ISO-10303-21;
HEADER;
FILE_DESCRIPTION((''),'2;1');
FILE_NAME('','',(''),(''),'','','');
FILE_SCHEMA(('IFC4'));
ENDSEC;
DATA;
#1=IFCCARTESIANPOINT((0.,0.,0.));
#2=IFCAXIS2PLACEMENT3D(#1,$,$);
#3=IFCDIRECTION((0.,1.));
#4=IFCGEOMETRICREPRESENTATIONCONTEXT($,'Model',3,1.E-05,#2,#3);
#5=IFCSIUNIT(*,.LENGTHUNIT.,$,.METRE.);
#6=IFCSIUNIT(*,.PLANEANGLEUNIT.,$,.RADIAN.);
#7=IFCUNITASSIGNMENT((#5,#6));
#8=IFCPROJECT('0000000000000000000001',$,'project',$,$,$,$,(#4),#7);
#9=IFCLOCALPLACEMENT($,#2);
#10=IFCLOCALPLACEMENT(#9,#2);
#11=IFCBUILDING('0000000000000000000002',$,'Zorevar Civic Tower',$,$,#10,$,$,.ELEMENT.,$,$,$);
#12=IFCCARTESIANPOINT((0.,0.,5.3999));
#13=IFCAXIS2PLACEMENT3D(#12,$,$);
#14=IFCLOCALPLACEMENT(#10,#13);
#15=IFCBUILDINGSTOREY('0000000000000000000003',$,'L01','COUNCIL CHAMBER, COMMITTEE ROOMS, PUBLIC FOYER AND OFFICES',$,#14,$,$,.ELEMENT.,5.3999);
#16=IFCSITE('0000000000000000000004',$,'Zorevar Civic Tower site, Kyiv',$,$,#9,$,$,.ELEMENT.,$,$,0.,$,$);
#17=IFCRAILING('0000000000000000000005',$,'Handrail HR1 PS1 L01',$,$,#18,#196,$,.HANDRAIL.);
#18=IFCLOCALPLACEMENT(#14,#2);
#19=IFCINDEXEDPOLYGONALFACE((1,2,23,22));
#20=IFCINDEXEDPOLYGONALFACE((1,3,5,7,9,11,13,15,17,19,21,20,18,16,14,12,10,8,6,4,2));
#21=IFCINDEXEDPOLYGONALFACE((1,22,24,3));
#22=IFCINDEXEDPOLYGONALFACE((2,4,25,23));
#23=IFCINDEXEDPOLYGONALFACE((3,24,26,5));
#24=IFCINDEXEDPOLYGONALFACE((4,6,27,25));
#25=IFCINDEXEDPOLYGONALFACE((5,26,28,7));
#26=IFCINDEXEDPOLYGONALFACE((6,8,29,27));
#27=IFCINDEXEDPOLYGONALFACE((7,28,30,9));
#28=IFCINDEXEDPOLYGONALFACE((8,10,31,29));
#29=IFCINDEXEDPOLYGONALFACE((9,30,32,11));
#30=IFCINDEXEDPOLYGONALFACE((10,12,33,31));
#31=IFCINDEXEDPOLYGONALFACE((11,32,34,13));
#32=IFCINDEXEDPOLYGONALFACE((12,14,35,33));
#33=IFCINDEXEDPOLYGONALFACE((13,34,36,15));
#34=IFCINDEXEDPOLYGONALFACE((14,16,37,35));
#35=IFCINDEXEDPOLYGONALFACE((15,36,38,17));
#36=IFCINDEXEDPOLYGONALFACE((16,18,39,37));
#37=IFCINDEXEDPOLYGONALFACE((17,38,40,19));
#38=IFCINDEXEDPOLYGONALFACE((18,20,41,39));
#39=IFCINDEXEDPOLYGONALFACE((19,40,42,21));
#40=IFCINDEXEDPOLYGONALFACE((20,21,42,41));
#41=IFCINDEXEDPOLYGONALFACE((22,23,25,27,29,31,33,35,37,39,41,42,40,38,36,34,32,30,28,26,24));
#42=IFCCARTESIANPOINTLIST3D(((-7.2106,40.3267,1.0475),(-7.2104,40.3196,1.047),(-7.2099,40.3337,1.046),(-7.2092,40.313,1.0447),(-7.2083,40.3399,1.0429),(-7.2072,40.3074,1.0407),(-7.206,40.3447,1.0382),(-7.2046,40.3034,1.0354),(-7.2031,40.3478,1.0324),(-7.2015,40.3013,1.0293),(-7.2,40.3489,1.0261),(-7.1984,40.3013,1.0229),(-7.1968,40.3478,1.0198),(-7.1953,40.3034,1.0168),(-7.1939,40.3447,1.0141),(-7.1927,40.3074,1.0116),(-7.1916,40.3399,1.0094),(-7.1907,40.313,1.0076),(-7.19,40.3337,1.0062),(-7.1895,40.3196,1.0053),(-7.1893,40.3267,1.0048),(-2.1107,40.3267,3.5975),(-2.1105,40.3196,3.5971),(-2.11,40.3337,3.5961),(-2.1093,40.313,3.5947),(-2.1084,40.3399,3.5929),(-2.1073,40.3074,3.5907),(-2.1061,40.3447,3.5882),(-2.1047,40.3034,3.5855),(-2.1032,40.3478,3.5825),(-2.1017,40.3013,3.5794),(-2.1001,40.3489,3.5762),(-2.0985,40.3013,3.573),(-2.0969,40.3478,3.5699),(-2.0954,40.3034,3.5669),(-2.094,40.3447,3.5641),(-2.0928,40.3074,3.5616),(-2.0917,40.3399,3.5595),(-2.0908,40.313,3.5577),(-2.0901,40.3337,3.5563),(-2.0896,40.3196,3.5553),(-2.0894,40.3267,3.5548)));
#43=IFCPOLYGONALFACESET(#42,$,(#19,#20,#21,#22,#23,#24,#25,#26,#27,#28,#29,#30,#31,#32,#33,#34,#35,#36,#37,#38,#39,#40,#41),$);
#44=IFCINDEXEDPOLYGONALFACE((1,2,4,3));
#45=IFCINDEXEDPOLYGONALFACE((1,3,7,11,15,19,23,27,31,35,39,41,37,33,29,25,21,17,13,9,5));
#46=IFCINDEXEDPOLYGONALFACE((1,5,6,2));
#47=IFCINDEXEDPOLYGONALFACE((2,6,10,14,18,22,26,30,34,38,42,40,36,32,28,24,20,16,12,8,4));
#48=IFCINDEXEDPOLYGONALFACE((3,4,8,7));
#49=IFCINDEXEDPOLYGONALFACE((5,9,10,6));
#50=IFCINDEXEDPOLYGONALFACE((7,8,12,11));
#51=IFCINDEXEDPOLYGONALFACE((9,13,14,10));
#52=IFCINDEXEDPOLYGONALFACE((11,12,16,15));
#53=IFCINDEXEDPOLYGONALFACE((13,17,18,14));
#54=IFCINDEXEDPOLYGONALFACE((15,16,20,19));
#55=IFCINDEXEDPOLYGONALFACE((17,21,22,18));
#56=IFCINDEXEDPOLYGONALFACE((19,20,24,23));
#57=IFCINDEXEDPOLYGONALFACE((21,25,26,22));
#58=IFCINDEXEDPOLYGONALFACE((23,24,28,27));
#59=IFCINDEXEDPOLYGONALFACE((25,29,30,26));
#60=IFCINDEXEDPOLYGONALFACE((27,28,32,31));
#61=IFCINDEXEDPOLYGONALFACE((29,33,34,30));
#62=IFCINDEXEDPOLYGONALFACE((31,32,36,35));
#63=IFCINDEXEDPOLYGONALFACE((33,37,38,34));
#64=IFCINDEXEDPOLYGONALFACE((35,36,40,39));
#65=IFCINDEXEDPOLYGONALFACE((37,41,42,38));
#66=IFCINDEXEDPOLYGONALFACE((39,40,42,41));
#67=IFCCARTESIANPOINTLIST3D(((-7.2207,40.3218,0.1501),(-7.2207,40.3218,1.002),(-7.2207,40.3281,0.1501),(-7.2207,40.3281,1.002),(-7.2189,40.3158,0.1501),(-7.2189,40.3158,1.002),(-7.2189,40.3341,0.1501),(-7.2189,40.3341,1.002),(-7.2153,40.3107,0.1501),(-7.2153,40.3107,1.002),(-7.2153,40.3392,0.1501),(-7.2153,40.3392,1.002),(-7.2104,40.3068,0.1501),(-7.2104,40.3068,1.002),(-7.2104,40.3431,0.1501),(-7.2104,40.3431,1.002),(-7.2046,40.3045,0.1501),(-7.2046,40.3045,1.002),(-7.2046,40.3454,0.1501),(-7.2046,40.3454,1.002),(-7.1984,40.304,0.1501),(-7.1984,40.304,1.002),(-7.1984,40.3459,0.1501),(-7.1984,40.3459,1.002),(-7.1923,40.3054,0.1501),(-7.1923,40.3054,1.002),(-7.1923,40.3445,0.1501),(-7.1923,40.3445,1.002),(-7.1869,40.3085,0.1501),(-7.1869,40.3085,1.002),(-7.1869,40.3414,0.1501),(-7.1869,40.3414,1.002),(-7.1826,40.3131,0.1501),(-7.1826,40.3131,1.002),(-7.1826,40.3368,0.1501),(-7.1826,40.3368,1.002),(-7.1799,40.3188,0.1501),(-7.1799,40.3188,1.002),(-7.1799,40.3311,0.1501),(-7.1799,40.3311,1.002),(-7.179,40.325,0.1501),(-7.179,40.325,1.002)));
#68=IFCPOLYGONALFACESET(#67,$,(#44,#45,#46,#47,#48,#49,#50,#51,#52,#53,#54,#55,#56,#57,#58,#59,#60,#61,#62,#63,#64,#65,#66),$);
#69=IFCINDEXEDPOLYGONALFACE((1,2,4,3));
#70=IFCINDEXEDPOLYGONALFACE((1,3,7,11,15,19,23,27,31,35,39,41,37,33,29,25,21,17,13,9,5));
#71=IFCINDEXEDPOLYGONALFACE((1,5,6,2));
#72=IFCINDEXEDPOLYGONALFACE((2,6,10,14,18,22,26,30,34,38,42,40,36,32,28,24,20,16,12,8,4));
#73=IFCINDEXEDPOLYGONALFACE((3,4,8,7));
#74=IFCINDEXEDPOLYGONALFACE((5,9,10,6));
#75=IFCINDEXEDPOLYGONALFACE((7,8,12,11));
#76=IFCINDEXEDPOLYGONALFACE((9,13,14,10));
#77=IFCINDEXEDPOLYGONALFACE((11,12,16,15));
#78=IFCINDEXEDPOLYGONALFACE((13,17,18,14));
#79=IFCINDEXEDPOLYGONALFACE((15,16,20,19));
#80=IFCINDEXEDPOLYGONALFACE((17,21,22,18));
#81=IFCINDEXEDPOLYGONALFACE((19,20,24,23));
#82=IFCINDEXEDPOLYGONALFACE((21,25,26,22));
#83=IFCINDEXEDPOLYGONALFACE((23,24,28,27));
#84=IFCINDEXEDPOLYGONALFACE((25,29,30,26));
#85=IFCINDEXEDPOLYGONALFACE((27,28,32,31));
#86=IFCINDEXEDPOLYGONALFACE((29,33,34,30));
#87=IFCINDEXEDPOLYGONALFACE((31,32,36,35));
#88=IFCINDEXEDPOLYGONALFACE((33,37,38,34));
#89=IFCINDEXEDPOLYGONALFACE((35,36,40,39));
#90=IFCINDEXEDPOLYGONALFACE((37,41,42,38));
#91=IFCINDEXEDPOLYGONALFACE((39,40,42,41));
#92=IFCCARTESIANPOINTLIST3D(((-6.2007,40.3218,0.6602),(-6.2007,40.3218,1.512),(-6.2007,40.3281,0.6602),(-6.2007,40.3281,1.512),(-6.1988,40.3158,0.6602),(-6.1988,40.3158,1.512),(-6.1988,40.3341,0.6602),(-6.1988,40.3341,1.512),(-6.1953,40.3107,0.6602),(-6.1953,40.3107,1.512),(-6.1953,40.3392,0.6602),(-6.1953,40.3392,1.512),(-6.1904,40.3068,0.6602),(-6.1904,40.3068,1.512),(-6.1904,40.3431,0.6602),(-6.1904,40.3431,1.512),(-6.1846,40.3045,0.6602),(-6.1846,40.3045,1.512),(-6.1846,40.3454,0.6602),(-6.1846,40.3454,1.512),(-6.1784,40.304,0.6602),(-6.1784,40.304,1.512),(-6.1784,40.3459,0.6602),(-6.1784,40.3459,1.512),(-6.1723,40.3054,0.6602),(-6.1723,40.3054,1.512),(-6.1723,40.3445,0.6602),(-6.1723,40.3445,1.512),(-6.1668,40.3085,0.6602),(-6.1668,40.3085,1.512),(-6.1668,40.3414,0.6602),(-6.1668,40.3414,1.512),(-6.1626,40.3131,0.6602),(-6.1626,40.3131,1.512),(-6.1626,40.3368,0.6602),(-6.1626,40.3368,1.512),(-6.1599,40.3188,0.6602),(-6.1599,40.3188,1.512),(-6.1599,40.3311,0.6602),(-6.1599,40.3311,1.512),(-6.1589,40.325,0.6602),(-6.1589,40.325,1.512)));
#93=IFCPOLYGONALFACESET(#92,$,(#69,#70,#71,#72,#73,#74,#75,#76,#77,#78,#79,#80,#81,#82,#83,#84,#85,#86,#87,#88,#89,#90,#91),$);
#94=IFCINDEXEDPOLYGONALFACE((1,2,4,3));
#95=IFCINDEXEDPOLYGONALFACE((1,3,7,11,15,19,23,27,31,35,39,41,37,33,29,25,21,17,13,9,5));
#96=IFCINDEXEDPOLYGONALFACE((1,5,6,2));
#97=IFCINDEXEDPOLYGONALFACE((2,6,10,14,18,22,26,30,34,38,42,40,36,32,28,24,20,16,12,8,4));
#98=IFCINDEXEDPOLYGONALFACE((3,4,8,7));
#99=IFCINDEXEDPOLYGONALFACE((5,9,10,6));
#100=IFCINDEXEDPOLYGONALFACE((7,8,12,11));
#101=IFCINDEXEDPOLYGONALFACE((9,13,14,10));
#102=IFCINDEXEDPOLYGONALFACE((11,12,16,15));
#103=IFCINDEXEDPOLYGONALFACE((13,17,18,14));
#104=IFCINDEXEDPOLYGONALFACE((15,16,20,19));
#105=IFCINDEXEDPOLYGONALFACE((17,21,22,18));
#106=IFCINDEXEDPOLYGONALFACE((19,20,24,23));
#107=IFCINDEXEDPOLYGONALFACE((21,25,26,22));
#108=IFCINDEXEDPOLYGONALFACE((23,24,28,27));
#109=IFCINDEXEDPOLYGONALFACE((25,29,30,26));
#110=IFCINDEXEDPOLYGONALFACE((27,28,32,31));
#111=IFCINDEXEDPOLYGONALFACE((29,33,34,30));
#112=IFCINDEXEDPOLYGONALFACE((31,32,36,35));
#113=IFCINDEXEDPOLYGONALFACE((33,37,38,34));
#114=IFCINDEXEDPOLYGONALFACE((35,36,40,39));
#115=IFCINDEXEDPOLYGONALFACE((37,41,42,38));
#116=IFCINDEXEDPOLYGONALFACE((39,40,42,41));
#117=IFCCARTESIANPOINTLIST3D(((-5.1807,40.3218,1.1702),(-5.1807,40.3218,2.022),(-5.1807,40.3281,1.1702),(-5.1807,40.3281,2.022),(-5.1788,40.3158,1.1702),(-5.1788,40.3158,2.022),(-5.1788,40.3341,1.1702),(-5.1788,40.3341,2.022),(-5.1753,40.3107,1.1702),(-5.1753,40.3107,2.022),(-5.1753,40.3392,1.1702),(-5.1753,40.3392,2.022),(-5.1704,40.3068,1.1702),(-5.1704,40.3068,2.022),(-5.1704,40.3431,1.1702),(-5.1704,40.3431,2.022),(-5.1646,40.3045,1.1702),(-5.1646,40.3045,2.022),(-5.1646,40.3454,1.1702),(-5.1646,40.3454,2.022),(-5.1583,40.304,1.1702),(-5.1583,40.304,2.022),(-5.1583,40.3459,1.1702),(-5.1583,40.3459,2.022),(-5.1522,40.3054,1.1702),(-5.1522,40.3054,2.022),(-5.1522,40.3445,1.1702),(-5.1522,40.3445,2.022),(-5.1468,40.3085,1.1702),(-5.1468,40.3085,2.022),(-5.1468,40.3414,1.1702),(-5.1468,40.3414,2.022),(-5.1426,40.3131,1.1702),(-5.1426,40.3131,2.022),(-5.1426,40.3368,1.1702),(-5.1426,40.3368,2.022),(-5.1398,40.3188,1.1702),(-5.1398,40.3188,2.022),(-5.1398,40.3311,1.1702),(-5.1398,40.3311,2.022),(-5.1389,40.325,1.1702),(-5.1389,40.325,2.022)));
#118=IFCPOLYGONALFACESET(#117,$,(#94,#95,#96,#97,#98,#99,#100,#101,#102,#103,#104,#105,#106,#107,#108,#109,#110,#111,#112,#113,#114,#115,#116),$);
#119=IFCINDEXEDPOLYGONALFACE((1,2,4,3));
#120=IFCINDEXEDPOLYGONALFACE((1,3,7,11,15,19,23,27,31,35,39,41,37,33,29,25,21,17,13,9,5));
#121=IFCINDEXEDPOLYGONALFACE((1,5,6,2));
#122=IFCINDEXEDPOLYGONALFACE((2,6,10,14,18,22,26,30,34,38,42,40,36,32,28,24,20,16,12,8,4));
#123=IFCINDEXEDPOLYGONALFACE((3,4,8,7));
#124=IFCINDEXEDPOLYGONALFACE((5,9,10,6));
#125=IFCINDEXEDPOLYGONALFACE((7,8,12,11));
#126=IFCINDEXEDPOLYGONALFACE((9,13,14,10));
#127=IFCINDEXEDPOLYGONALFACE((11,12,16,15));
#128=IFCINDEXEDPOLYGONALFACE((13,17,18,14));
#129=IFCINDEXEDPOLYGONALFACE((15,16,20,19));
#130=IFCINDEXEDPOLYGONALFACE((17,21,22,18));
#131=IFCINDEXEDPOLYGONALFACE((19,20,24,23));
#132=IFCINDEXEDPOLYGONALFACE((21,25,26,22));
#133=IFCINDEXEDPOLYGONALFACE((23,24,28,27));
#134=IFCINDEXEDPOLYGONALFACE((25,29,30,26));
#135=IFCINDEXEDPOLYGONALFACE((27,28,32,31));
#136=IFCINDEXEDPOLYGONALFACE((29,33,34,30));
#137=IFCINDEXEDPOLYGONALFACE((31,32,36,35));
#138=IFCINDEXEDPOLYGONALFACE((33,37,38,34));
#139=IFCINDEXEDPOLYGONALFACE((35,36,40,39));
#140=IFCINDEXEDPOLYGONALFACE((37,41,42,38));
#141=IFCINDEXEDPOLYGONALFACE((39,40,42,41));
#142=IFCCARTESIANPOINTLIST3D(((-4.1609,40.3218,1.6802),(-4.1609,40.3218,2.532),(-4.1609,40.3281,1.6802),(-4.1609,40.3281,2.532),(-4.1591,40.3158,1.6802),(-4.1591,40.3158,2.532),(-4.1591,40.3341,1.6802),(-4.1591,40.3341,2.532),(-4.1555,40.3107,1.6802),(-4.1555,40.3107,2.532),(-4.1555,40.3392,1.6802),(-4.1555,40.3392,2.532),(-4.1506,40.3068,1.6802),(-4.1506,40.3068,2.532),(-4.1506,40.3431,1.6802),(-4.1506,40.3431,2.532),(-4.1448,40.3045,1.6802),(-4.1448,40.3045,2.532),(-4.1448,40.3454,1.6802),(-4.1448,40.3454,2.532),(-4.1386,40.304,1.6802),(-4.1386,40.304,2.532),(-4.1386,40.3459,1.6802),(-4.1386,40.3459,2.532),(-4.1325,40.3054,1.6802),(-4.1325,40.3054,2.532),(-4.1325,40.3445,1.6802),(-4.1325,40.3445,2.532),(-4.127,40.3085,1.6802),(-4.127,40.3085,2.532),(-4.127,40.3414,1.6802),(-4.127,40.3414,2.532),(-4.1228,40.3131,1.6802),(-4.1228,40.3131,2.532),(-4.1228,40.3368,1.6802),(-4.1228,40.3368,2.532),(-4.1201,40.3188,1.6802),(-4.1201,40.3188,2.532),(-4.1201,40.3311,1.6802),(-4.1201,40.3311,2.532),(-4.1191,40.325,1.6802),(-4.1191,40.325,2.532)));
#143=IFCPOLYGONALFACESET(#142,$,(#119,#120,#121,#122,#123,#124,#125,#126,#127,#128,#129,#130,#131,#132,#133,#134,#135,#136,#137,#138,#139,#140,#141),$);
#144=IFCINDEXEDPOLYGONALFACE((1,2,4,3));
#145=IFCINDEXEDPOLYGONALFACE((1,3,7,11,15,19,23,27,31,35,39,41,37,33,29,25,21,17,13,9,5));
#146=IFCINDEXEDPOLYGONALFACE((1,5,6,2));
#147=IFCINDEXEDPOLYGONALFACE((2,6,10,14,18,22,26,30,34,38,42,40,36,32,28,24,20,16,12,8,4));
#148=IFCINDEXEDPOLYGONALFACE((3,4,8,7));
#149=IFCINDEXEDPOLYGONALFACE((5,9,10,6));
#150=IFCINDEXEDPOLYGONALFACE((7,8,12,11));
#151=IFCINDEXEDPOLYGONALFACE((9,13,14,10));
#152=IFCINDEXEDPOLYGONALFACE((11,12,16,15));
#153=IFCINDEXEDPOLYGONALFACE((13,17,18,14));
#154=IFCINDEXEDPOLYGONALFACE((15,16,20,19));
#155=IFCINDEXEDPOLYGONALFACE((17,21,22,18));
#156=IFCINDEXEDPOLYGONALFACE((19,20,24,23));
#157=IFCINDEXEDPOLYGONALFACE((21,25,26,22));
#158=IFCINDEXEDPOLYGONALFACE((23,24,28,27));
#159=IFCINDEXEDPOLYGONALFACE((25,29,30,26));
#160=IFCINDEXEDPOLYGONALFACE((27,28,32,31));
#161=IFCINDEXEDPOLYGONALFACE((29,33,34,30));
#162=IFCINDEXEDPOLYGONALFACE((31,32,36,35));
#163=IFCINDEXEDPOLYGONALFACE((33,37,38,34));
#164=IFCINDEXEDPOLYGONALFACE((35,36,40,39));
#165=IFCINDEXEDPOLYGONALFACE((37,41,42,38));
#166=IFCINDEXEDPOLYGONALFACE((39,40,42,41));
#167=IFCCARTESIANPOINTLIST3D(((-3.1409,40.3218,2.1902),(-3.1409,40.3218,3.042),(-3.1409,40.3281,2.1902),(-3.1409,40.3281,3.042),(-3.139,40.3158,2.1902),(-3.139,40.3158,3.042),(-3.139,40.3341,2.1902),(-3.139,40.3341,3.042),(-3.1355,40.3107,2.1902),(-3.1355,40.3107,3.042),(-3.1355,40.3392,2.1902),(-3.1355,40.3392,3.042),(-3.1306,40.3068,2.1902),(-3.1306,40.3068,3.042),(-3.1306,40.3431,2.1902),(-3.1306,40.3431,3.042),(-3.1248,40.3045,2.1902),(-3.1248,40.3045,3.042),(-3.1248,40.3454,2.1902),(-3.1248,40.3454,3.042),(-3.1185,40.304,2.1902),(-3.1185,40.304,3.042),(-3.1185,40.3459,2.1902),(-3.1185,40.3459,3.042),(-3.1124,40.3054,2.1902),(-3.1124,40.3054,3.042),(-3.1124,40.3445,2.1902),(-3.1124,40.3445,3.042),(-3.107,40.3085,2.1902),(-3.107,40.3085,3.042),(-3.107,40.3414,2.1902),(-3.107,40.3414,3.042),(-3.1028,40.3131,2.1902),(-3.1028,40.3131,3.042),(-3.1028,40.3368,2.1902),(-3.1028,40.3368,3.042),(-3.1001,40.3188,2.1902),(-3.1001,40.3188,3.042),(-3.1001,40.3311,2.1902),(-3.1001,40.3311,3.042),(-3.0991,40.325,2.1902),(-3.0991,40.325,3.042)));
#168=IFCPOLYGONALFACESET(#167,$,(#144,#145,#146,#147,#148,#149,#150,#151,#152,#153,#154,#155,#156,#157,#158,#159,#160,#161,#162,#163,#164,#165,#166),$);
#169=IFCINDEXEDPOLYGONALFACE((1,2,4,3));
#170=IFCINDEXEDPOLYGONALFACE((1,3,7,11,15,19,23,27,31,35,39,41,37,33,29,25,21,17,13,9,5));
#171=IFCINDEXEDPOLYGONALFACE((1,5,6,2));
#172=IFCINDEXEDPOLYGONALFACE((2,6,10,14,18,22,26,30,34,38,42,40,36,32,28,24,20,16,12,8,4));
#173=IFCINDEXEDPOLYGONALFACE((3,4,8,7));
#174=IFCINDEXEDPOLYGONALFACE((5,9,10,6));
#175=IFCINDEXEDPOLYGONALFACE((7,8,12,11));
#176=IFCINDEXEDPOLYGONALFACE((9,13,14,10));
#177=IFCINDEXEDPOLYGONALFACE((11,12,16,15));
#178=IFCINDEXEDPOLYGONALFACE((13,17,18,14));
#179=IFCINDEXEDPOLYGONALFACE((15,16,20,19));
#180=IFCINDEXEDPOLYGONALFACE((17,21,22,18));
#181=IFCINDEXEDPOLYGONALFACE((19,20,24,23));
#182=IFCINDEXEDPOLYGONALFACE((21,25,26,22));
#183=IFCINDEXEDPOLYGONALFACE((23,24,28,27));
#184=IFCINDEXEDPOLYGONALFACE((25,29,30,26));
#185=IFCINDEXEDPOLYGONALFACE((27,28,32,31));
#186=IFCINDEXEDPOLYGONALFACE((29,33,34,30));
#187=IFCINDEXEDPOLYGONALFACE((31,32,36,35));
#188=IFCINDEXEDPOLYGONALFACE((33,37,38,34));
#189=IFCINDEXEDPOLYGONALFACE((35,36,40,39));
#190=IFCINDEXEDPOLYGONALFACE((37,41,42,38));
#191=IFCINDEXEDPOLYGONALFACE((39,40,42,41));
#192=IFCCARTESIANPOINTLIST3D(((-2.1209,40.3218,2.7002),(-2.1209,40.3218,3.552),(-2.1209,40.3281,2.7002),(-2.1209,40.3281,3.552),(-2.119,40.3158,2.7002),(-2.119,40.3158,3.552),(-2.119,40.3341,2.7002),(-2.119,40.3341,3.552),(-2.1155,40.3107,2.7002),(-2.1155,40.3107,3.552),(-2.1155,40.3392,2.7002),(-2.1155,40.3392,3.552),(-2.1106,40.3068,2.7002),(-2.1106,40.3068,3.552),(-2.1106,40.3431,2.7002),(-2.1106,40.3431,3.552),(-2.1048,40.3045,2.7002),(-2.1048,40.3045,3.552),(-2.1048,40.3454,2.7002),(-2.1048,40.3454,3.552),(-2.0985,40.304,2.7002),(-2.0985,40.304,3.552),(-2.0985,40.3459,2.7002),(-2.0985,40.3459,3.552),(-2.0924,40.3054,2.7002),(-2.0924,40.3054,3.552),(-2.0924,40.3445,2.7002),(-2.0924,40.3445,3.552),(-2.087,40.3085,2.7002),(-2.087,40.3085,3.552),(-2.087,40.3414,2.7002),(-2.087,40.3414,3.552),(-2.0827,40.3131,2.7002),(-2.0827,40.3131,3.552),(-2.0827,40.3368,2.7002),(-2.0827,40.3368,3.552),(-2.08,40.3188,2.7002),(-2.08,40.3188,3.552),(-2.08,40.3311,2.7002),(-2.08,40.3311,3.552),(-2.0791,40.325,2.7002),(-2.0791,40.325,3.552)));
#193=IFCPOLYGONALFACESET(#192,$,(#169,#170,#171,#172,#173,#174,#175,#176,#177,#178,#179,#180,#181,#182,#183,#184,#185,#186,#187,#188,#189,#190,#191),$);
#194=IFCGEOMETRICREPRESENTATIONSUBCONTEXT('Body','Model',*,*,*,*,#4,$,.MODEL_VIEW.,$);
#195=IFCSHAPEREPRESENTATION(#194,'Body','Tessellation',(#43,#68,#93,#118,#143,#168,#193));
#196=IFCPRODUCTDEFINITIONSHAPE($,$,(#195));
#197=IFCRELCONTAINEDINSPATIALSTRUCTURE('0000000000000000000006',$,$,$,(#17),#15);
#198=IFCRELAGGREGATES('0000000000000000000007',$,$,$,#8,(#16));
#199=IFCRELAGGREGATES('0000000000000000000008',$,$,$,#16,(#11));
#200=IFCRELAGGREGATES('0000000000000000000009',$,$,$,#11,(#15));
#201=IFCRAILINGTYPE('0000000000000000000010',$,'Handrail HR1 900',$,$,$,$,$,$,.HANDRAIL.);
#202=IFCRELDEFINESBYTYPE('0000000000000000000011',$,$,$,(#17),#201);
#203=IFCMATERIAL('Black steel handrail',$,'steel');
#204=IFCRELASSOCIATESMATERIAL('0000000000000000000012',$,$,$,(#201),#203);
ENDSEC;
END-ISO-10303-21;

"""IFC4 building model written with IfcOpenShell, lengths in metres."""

from ifc_helpers import new_model, si_unit, direction, frame, origin, origin_2d, place, context, subcontext, project, spatial, circle, extrude, material, type_object, element, save


model = new_model("IFC4")

# Units and contexts
model_context = context("Model", 3, precision=1e-05, world=origin(), true_north=direction((0.0, 1.0)))
body_context = subcontext(model_context, "Body", "Model", "MODEL_VIEW")
ifc_project = project(units=[si_unit("LENGTHUNIT", "METRE"), si_unit("PLANEANGLEUNIT", "RADIAN")], contexts=[model_context])

# Site, building, storey
site_placement = place(None, origin())
site = spatial("IfcSite", under=ifc_project, at=site_placement, Name="Zorevar Civic Tower site, Kyiv", CompositionType="ELEMENT", RefElevation=0.0)
building_placement = place(site_placement, origin())
building = spatial("IfcBuilding", under=site, at=building_placement, Name="Zorevar Civic Tower", CompositionType="ELEMENT")
storey_placement = place(building_placement, frame((0.0, 0.0, 5.3999)))
storey = spatial("IfcBuildingStorey", under=building, at=storey_placement, Name="L01", Description="COUNCIL CHAMBER, COMMITTEE ROOMS, PUBLIC FOYER AND OFFICES", CompositionType="ELEMENT", Elevation=5.3999)

# Railing
ifc_material_1 = material(Name="Black steel handrail", Category="steel")
railing_type = type_object("IfcRailingType", Name="Handrail HR1 900", PredefinedType="HANDRAIL", material=ifc_material_1)
railing_1_placement = place(storey_placement, frame((-7.2, 40.325, 0.1501)))
element("IfcRailing", 1, at=railing_1_placement, inside=storey, type_object=railing_type, Name="Handrail HR1 PS1 L01", PredefinedType="HANDRAIL", context=body_context, shape_type="SweptSolid", body=[
    extrude(circle(Radius=0.0239, at=origin_2d()), frame((0.0, 0.0, 0.876), z_axis=(0.894419, 0.0, 0.447231), x_axis=(0.0, 1.0, 0.0)), (0.0, 0.0, 1.0), 5.7019),
    extrude(circle(Radius=0.021, at=origin_2d()), origin(), (0.0, 0.0, 1.0), 0.8518),
    extrude(circle(Radius=0.021, at=origin_2d()), frame((1.02, 0.0, 0.51)), (0.0, 0.0, 1.0), 0.8518),
    extrude(circle(Radius=0.021, at=origin_2d()), frame((2.04, 0.0, 1.02)), (0.0, 0.0, 1.0), 0.8518),
    extrude(circle(Radius=0.021, at=origin_2d()), frame((3.0598, 0.0, 1.53)), (0.0, 0.0, 1.0), 0.8518),
    extrude(circle(Radius=0.021, at=origin_2d()), frame((4.0798, 0.0, 2.04)), (0.0, 0.0, 1.0), 0.8518),
    extrude(circle(Radius=0.021, at=origin_2d()), frame((5.0999, 0.0, 2.55)), (0.0, 0.0, 1.0), 0.8518),
])

save(model, "model.ifc")
